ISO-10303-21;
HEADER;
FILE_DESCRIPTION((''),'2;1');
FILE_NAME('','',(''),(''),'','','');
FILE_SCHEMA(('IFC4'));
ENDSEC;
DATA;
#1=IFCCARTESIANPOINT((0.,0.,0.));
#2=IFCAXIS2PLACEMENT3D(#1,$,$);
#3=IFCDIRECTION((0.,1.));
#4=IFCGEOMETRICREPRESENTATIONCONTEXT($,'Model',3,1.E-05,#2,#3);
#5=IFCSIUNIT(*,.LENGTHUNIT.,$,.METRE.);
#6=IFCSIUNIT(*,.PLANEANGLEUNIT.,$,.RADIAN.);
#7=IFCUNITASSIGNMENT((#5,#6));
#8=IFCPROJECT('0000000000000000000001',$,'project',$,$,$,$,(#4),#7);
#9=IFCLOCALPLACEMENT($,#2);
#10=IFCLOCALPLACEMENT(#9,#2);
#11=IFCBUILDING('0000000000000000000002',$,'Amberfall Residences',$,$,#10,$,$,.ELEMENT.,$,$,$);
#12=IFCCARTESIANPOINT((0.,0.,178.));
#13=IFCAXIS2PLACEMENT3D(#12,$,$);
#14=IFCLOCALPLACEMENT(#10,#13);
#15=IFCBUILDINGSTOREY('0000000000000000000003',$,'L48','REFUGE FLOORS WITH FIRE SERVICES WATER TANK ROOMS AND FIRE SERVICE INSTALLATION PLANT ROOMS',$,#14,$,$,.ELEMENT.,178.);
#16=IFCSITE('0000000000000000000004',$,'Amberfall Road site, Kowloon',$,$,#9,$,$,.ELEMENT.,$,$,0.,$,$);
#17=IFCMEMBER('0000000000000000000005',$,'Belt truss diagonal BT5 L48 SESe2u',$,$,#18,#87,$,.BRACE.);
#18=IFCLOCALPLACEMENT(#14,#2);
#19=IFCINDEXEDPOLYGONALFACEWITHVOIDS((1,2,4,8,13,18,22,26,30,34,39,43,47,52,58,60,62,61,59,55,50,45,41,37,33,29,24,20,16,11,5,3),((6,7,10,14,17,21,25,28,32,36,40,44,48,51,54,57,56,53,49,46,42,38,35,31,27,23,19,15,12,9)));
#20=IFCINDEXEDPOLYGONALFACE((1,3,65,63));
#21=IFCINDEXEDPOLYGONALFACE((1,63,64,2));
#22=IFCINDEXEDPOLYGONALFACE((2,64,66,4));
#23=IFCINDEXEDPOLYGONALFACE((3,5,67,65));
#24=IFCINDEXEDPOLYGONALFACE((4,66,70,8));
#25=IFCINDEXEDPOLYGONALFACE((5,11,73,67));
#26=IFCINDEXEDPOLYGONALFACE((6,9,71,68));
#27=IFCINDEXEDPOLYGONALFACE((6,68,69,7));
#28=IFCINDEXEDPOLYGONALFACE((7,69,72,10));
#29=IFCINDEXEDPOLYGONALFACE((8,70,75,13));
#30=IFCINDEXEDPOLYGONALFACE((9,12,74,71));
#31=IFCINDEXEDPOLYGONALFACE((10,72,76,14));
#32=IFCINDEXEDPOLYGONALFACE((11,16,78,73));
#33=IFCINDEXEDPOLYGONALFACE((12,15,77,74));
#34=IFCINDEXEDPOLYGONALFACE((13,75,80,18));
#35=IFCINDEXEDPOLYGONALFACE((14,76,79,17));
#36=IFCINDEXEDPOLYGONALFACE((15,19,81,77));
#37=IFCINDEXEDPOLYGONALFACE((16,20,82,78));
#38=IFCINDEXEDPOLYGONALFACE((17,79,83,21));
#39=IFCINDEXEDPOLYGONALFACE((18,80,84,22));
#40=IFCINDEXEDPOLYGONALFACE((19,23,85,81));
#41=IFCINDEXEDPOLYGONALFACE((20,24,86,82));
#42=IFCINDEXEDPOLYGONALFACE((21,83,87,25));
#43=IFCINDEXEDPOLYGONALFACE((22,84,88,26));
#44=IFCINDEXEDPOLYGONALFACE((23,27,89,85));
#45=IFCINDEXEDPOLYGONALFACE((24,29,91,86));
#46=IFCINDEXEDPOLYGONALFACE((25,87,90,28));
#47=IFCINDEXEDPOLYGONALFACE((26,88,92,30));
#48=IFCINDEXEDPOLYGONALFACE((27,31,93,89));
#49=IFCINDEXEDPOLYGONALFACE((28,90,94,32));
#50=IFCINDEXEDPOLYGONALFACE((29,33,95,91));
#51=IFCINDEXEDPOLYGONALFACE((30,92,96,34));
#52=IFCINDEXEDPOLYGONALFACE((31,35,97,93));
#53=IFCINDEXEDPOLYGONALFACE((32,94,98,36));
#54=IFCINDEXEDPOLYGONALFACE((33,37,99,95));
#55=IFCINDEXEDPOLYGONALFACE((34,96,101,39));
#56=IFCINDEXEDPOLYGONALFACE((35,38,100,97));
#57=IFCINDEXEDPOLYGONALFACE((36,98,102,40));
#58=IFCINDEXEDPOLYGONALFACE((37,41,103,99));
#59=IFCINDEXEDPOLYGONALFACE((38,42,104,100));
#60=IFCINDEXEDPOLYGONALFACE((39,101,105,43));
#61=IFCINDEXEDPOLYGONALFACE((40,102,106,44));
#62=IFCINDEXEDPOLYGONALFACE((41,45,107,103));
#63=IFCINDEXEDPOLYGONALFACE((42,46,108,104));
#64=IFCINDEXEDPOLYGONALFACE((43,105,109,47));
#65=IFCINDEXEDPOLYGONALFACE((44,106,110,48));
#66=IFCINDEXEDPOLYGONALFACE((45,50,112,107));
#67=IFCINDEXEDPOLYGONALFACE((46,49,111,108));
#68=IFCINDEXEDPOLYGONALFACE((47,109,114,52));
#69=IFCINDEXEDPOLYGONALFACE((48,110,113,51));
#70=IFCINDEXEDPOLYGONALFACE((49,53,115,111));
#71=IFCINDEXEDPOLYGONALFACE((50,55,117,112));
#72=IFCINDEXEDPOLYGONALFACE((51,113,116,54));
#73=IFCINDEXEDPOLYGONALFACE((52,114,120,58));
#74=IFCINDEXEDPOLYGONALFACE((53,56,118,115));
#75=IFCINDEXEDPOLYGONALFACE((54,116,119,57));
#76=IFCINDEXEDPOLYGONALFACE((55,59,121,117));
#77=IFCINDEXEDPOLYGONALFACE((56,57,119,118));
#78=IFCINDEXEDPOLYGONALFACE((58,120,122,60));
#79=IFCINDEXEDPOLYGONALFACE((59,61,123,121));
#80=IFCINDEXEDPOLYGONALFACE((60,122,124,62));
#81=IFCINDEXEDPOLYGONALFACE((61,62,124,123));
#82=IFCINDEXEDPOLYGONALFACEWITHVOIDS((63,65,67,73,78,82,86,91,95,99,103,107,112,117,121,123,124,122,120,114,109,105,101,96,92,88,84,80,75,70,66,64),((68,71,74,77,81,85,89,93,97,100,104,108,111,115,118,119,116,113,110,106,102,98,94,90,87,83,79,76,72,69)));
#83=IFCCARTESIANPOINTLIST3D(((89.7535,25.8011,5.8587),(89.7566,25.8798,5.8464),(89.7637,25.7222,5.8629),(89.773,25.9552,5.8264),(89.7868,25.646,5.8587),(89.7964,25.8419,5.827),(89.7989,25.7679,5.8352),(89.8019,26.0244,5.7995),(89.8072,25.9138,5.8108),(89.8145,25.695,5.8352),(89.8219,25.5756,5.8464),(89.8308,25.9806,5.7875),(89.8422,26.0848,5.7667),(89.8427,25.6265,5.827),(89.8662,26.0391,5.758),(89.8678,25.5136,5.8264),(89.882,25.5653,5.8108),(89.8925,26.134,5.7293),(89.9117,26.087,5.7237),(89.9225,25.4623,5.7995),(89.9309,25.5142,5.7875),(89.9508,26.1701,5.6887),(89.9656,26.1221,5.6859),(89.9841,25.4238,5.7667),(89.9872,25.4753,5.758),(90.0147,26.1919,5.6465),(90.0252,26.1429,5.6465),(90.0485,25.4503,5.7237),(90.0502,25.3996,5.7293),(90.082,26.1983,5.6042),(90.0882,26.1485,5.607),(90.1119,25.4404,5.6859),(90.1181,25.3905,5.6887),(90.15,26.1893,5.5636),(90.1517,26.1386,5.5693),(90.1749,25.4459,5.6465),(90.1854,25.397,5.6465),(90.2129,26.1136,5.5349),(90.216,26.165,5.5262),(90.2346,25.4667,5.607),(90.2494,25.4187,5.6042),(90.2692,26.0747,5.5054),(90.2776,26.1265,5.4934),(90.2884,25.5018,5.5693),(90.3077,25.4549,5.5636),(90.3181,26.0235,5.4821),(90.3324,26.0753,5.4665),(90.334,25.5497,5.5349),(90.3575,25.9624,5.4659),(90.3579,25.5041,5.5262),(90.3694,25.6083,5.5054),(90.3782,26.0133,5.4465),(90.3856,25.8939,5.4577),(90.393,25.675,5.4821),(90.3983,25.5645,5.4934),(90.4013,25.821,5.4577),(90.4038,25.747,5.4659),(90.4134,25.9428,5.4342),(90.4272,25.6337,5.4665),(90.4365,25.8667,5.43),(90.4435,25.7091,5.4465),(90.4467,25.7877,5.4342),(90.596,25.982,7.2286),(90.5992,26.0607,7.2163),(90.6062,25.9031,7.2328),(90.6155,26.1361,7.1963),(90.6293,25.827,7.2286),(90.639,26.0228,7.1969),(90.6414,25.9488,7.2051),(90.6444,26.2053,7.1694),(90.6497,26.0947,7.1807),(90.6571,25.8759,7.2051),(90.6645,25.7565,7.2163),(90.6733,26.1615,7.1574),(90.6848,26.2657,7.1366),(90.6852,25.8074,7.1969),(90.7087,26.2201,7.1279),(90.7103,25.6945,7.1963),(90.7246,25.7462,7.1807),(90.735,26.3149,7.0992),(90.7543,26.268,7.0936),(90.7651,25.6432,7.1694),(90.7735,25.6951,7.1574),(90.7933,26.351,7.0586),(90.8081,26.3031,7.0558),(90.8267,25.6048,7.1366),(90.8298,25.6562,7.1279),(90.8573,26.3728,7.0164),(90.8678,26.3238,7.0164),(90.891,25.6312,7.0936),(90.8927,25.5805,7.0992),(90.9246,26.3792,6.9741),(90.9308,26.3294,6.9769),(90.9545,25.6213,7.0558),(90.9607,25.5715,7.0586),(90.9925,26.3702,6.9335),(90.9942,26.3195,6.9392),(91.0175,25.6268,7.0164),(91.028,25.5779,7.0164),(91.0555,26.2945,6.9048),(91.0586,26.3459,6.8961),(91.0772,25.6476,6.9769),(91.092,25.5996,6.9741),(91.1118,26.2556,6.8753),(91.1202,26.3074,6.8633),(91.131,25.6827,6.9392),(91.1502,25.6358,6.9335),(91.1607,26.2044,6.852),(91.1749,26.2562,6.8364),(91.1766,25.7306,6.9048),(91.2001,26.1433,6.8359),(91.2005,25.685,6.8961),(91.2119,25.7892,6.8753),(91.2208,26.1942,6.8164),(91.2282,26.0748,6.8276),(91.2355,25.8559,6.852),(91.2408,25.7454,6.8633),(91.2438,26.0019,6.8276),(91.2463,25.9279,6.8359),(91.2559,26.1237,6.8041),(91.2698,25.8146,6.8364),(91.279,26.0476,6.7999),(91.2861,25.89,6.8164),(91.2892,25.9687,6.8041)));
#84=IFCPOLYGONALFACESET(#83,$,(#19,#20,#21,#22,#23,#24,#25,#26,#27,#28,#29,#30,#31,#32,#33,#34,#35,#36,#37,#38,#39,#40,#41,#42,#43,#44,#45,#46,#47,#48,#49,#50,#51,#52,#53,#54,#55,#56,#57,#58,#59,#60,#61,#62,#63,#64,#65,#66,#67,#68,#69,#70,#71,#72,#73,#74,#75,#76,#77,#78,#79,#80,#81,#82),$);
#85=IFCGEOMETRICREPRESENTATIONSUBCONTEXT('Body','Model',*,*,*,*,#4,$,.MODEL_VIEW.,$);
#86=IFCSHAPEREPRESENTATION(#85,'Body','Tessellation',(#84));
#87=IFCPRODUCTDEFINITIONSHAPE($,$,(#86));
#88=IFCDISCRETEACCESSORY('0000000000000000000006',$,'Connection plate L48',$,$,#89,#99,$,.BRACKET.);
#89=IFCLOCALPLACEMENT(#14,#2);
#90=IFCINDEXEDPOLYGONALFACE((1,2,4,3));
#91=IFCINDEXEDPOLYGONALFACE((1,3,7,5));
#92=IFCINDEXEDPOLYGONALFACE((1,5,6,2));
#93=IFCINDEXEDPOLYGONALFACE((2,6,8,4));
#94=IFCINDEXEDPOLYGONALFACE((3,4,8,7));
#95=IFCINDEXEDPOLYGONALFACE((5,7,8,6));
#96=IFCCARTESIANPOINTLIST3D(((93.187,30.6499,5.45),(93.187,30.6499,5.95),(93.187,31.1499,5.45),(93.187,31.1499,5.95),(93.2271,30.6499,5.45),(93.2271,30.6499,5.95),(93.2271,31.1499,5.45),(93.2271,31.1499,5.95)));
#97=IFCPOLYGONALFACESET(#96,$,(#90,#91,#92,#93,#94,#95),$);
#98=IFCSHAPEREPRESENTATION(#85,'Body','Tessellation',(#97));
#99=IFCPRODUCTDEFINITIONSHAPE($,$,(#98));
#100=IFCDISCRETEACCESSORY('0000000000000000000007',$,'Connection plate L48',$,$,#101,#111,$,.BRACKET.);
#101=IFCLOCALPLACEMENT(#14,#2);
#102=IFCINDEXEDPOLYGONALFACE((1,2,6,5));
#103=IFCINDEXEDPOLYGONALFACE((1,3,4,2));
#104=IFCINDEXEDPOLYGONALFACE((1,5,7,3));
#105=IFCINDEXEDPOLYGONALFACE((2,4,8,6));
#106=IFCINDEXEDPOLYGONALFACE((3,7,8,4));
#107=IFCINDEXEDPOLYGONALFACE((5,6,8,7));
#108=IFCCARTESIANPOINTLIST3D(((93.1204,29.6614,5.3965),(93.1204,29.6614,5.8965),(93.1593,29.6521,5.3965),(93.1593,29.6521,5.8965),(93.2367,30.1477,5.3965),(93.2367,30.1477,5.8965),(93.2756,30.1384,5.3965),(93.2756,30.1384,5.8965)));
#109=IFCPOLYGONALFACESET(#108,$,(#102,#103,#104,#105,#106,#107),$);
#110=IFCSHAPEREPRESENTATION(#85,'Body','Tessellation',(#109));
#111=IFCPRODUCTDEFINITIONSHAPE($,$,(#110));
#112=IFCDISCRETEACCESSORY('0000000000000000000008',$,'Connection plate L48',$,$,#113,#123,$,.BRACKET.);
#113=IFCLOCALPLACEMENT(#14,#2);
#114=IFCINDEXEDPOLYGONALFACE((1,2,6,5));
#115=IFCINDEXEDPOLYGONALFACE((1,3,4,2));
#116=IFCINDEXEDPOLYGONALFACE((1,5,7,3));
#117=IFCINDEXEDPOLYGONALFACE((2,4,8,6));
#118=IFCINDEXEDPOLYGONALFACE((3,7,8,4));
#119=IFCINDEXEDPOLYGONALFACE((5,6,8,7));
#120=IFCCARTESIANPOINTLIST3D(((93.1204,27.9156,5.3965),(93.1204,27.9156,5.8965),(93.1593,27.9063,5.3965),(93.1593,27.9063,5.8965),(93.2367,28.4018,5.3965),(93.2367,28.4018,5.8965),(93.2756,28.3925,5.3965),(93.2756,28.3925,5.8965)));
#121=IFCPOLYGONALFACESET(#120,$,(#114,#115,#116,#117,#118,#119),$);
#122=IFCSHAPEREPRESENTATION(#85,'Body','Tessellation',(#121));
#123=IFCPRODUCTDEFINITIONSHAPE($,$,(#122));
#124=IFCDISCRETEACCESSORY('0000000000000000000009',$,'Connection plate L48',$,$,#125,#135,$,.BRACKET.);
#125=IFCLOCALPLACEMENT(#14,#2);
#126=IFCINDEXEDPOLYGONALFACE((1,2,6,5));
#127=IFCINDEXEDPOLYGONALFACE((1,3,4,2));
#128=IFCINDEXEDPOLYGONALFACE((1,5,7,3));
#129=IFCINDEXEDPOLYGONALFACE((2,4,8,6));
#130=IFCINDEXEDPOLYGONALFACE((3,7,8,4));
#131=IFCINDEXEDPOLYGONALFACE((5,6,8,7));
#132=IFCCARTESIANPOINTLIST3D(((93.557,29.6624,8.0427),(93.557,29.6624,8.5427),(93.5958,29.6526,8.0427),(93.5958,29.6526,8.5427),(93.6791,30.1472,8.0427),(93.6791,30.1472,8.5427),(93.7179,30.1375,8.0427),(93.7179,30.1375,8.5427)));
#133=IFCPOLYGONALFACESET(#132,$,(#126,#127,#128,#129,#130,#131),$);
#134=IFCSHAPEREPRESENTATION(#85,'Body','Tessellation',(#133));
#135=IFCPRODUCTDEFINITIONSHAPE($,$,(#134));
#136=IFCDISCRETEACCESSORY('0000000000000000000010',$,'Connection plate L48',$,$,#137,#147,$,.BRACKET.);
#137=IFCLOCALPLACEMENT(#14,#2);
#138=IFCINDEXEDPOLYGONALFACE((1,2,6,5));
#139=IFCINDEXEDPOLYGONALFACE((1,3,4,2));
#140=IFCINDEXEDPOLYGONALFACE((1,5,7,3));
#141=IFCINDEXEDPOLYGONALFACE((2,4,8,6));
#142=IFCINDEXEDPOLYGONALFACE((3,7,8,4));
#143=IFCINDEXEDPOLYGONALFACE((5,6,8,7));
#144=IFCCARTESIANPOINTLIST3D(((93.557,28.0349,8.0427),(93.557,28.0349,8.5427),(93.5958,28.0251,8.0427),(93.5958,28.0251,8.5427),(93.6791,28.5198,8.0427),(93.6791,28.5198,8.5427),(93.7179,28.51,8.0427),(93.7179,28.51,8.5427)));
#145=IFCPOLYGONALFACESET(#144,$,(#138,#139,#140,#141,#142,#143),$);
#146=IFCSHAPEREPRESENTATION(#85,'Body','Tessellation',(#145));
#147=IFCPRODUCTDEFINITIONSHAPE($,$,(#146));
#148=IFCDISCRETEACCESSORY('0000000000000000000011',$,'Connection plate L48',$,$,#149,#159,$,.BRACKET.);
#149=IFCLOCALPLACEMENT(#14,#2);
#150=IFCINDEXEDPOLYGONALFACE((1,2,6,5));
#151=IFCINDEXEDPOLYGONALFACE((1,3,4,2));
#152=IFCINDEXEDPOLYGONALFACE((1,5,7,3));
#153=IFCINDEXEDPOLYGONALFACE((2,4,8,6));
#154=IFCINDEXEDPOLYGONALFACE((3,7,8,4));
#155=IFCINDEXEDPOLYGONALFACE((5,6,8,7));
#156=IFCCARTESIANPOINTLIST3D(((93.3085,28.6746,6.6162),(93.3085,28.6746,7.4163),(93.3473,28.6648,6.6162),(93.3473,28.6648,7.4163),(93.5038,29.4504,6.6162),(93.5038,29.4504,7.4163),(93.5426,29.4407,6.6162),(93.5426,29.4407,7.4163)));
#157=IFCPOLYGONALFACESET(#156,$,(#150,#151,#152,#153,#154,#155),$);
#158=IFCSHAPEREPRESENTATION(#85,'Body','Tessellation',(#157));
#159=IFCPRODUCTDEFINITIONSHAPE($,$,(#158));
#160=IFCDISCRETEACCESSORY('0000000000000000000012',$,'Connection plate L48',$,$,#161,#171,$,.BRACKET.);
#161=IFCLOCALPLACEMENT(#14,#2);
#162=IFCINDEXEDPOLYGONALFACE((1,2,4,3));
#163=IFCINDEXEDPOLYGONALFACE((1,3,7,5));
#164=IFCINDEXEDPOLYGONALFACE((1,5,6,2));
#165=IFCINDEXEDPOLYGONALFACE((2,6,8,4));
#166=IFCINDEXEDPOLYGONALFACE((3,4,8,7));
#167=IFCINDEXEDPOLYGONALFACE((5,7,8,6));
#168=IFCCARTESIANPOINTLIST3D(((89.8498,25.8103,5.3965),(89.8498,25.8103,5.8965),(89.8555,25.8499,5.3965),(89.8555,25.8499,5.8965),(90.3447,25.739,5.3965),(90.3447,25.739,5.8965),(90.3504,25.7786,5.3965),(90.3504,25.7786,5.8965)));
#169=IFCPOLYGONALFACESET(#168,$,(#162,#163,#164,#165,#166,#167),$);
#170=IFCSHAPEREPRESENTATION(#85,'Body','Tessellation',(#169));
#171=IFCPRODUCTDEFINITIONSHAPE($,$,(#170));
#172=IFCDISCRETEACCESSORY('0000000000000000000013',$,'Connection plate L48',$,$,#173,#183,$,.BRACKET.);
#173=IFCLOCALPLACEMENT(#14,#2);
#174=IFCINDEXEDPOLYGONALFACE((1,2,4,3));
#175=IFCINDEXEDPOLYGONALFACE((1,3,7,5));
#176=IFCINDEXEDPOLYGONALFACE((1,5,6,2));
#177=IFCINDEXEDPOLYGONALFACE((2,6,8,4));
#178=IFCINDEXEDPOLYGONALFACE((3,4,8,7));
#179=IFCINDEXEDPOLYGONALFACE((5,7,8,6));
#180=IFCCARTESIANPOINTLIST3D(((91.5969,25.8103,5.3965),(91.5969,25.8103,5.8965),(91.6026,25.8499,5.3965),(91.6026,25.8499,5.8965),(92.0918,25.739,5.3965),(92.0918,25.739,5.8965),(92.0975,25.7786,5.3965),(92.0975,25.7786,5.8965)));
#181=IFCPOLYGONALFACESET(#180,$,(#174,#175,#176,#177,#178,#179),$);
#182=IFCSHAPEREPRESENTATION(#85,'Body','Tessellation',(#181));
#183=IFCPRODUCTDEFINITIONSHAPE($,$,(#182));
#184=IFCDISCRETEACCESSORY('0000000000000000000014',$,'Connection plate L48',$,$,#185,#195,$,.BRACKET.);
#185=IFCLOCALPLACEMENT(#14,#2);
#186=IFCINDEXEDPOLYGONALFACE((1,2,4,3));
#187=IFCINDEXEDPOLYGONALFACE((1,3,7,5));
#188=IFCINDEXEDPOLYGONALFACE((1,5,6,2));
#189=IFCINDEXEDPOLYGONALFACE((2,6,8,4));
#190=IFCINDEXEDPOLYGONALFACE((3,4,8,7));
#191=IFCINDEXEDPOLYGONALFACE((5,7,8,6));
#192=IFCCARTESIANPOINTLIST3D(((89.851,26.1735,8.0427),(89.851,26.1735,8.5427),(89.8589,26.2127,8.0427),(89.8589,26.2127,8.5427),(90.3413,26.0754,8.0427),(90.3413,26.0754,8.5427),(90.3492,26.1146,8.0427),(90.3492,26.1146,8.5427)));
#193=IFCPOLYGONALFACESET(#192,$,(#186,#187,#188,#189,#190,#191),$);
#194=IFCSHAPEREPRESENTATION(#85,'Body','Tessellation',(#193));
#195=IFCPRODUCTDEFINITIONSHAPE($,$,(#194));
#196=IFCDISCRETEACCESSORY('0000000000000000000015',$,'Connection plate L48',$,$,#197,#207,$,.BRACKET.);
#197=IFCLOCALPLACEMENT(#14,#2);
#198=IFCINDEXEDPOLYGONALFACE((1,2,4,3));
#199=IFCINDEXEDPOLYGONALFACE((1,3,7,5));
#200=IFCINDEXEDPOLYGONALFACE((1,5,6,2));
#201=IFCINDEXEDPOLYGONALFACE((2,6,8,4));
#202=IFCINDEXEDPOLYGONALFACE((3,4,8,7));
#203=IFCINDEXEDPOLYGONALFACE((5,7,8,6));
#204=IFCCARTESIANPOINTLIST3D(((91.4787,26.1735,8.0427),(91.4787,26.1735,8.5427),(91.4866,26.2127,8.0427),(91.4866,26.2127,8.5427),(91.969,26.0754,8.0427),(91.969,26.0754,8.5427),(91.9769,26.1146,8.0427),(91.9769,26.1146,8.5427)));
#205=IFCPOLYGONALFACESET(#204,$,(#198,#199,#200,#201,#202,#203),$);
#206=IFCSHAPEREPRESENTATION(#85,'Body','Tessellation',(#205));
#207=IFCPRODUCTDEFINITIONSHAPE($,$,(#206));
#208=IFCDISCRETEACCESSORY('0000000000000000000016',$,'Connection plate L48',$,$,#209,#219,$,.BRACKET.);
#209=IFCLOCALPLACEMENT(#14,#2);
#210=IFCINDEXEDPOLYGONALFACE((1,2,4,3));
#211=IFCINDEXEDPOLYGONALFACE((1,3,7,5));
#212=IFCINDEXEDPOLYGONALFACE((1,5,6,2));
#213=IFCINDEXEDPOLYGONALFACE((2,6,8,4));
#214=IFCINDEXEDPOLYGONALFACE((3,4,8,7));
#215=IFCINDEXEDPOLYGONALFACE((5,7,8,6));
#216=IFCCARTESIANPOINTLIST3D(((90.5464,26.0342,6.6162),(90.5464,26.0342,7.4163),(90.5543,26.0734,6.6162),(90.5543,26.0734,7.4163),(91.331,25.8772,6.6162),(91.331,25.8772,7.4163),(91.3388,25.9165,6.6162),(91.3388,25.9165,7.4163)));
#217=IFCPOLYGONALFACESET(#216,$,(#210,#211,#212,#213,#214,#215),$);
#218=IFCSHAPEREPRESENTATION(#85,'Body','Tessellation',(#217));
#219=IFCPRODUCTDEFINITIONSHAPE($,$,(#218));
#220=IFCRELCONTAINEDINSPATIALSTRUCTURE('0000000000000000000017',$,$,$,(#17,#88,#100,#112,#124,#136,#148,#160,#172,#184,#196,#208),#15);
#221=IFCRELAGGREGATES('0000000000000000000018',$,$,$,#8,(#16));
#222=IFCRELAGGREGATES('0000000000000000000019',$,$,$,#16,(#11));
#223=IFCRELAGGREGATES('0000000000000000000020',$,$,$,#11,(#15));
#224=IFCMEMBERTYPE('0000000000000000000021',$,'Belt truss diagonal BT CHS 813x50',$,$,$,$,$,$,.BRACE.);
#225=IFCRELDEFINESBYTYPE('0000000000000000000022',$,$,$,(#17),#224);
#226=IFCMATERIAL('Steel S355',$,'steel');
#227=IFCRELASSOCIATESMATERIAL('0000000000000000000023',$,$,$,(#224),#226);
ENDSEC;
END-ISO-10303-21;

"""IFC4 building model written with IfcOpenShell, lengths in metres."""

from ifc_helpers import new_model, si_unit, direction, frame, origin, origin_2d, place, context, subcontext, project, spatial, rectangle, hollow_circle, extrude, material, material_profile, profile_set, type_object, element, save


model = new_model("IFC4")

# Units and contexts
model_context = context("Model", 3, precision=1e-05, world=origin(), true_north=direction((0.0, 1.0)))
body_context = subcontext(model_context, "Body", "Model", "MODEL_VIEW")
ifc_project = project(units=[si_unit("LENGTHUNIT", "METRE"), si_unit("PLANEANGLEUNIT", "RADIAN")], contexts=[model_context])

# Site, building, storey
site_placement = place(None, origin())
site = spatial("IfcSite", under=ifc_project, at=site_placement, Name="Amberfall Road site, Kowloon", CompositionType="ELEMENT", RefElevation=0.0)
building_placement = place(site_placement, origin())
building = spatial("IfcBuilding", under=site, at=building_placement, Name="Amberfall Residences", CompositionType="ELEMENT")
storey_placement = place(building_placement, frame((0.0, 0.0, 178.0)))
storey = spatial("IfcBuildingStorey", under=building, at=storey_placement, Name="L48", Description="REFUGE FLOORS WITH FIRE SERVICES WATER TANK ROOMS AND FIRE SERVICE INSTALLATION PLANT ROOMS", CompositionType="ELEMENT", Elevation=178.0)

# Shared definitions
ifc_material = material(Name="Steel S355", Category="steel")

# Member
ifc_material_profile_1 = material_profile(ifc_material, hollow_circle(Radius=0.4065, WallThickness=0.05, at=origin_2d()), Name="CHS 813x50")
ifc_profile_set_1 = profile_set([ifc_material_profile_1], Name="Steel S355")
member_type_1 = type_object("IfcMemberType", Name="Belt truss diagonal BT CHS 813x50", PredefinedType="BRACE", material=ifc_profile_set_1)
member_1_placement = place(storey_placement, frame((90.9426, 25.9753, 7.0164), z_axis=(-0.520602, -0.111784, -0.84645), x_axis=(0.209935, -0.977715, 0.0)))
element("IfcMember", 1, at=member_1_placement, inside=storey, type_object=member_type_1, Name="Belt truss diagonal BT5 L48 SESe2u", PredefinedType="BRACE", context=body_context, shape_type="SweptSolid", body=[
    extrude(hollow_circle(Radius=0.4065, WallThickness=0.05, at=origin_2d()), origin(), (0.0, 0.0, 1.0), 1.6184),
])

# Discrete accessories
for number, where, z_axis, x_axis, name in (
    (2, (93.207, 30.8999, 5.45), (0.0, 0.0, 1.0), (0.0, 1.0, 0.0), "Connection plate L48"),
    (3, (93.198, 29.8999, 5.3965), (0.0, 0.0, 1.0), (0.232699, 0.972549, 0.0), "Connection plate L48"),
    (4, (93.198, 28.1541, 5.3965), (0.0, 0.0, 1.0), (0.232699, 0.972549, 0.0), "Connection plate L48"),
    (5, (93.6375, 29.8999, 8.0427), (0.0, 0.0, 1.0), (0.244106, 0.969749, 0.0), "Connection plate L48"),
    (6, (93.6375, 28.2725, 8.0427), (0.0, 0.0, 1.0), (0.244106, 0.969749, 0.0), "Connection plate L48"),
):
    element("IfcDiscreteAccessory", number, at=place(storey_placement, frame(where, z_axis=z_axis, x_axis=x_axis)), inside=storey, Name=name, PredefinedType="BRACKET", context=body_context, shape_type="SweptSolid", body=[
        extrude(rectangle(XDim=0.5, YDim=0.04, at=origin_2d()), origin(), (0.0, 0.0, 1.0), 0.5),
    ])
discrete_accessory_1_placement = place(storey_placement, frame((93.4255, 29.0576, 6.6162), z_axis=(0.0, 0.0, 1.0), x_axis=(0.244106, 0.969749, 0.0)))
element("IfcDiscreteAccessory", 7, at=discrete_accessory_1_placement, inside=storey, Name="Connection plate L48", PredefinedType="BRACKET", context=body_context, shape_type="SweptSolid", body=[
    extrude(rectangle(XDim=0.8, YDim=0.04, at=origin_2d()), origin(), (0.0, 0.0, 1.0), 0.8),
])
for number, where, z_axis, x_axis, name in (
    (8, (90.1001, 25.7944, 5.3965), (0.0, 0.0, 1.0), (-0.989779, 0.142612, 0.0), "Connection plate L48"),
    (9, (91.8472, 25.7944, 5.3965), (0.0, 0.0, 1.0), (-0.989779, 0.142612, 0.0), "Connection plate L48"),
    (10, (90.1001, 26.144, 8.0427), (0.0, 0.0, 1.0), (-0.980574, 0.196152, 0.0), "Connection plate L48"),
    (11, (91.7278, 26.144, 8.0427), (0.0, 0.0, 1.0), (-0.980574, 0.196152, 0.0), "Connection plate L48"),
):
    element("IfcDiscreteAccessory", number, at=place(storey_placement, frame(where, z_axis=z_axis, x_axis=x_axis)), inside=storey, Name=name, PredefinedType="BRACKET", context=body_context, shape_type="SweptSolid", body=[
        extrude(rectangle(XDim=0.5, YDim=0.04, at=origin_2d()), origin(), (0.0, 0.0, 1.0), 0.5),
    ])
discrete_accessory_2_placement = place(storey_placement, frame((90.9426, 25.9753, 6.6162), z_axis=(0.0, 0.0, 1.0), x_axis=(-0.980574, 0.196152, 0.0)))
element("IfcDiscreteAccessory", 12, at=discrete_accessory_2_placement, inside=storey, Name="Connection plate L48", PredefinedType="BRACKET", context=body_context, shape_type="SweptSolid", body=[
    extrude(rectangle(XDim=0.8, YDim=0.04, at=origin_2d()), origin(), (0.0, 0.0, 1.0), 0.8),
])

save(model, "model.ifc")
